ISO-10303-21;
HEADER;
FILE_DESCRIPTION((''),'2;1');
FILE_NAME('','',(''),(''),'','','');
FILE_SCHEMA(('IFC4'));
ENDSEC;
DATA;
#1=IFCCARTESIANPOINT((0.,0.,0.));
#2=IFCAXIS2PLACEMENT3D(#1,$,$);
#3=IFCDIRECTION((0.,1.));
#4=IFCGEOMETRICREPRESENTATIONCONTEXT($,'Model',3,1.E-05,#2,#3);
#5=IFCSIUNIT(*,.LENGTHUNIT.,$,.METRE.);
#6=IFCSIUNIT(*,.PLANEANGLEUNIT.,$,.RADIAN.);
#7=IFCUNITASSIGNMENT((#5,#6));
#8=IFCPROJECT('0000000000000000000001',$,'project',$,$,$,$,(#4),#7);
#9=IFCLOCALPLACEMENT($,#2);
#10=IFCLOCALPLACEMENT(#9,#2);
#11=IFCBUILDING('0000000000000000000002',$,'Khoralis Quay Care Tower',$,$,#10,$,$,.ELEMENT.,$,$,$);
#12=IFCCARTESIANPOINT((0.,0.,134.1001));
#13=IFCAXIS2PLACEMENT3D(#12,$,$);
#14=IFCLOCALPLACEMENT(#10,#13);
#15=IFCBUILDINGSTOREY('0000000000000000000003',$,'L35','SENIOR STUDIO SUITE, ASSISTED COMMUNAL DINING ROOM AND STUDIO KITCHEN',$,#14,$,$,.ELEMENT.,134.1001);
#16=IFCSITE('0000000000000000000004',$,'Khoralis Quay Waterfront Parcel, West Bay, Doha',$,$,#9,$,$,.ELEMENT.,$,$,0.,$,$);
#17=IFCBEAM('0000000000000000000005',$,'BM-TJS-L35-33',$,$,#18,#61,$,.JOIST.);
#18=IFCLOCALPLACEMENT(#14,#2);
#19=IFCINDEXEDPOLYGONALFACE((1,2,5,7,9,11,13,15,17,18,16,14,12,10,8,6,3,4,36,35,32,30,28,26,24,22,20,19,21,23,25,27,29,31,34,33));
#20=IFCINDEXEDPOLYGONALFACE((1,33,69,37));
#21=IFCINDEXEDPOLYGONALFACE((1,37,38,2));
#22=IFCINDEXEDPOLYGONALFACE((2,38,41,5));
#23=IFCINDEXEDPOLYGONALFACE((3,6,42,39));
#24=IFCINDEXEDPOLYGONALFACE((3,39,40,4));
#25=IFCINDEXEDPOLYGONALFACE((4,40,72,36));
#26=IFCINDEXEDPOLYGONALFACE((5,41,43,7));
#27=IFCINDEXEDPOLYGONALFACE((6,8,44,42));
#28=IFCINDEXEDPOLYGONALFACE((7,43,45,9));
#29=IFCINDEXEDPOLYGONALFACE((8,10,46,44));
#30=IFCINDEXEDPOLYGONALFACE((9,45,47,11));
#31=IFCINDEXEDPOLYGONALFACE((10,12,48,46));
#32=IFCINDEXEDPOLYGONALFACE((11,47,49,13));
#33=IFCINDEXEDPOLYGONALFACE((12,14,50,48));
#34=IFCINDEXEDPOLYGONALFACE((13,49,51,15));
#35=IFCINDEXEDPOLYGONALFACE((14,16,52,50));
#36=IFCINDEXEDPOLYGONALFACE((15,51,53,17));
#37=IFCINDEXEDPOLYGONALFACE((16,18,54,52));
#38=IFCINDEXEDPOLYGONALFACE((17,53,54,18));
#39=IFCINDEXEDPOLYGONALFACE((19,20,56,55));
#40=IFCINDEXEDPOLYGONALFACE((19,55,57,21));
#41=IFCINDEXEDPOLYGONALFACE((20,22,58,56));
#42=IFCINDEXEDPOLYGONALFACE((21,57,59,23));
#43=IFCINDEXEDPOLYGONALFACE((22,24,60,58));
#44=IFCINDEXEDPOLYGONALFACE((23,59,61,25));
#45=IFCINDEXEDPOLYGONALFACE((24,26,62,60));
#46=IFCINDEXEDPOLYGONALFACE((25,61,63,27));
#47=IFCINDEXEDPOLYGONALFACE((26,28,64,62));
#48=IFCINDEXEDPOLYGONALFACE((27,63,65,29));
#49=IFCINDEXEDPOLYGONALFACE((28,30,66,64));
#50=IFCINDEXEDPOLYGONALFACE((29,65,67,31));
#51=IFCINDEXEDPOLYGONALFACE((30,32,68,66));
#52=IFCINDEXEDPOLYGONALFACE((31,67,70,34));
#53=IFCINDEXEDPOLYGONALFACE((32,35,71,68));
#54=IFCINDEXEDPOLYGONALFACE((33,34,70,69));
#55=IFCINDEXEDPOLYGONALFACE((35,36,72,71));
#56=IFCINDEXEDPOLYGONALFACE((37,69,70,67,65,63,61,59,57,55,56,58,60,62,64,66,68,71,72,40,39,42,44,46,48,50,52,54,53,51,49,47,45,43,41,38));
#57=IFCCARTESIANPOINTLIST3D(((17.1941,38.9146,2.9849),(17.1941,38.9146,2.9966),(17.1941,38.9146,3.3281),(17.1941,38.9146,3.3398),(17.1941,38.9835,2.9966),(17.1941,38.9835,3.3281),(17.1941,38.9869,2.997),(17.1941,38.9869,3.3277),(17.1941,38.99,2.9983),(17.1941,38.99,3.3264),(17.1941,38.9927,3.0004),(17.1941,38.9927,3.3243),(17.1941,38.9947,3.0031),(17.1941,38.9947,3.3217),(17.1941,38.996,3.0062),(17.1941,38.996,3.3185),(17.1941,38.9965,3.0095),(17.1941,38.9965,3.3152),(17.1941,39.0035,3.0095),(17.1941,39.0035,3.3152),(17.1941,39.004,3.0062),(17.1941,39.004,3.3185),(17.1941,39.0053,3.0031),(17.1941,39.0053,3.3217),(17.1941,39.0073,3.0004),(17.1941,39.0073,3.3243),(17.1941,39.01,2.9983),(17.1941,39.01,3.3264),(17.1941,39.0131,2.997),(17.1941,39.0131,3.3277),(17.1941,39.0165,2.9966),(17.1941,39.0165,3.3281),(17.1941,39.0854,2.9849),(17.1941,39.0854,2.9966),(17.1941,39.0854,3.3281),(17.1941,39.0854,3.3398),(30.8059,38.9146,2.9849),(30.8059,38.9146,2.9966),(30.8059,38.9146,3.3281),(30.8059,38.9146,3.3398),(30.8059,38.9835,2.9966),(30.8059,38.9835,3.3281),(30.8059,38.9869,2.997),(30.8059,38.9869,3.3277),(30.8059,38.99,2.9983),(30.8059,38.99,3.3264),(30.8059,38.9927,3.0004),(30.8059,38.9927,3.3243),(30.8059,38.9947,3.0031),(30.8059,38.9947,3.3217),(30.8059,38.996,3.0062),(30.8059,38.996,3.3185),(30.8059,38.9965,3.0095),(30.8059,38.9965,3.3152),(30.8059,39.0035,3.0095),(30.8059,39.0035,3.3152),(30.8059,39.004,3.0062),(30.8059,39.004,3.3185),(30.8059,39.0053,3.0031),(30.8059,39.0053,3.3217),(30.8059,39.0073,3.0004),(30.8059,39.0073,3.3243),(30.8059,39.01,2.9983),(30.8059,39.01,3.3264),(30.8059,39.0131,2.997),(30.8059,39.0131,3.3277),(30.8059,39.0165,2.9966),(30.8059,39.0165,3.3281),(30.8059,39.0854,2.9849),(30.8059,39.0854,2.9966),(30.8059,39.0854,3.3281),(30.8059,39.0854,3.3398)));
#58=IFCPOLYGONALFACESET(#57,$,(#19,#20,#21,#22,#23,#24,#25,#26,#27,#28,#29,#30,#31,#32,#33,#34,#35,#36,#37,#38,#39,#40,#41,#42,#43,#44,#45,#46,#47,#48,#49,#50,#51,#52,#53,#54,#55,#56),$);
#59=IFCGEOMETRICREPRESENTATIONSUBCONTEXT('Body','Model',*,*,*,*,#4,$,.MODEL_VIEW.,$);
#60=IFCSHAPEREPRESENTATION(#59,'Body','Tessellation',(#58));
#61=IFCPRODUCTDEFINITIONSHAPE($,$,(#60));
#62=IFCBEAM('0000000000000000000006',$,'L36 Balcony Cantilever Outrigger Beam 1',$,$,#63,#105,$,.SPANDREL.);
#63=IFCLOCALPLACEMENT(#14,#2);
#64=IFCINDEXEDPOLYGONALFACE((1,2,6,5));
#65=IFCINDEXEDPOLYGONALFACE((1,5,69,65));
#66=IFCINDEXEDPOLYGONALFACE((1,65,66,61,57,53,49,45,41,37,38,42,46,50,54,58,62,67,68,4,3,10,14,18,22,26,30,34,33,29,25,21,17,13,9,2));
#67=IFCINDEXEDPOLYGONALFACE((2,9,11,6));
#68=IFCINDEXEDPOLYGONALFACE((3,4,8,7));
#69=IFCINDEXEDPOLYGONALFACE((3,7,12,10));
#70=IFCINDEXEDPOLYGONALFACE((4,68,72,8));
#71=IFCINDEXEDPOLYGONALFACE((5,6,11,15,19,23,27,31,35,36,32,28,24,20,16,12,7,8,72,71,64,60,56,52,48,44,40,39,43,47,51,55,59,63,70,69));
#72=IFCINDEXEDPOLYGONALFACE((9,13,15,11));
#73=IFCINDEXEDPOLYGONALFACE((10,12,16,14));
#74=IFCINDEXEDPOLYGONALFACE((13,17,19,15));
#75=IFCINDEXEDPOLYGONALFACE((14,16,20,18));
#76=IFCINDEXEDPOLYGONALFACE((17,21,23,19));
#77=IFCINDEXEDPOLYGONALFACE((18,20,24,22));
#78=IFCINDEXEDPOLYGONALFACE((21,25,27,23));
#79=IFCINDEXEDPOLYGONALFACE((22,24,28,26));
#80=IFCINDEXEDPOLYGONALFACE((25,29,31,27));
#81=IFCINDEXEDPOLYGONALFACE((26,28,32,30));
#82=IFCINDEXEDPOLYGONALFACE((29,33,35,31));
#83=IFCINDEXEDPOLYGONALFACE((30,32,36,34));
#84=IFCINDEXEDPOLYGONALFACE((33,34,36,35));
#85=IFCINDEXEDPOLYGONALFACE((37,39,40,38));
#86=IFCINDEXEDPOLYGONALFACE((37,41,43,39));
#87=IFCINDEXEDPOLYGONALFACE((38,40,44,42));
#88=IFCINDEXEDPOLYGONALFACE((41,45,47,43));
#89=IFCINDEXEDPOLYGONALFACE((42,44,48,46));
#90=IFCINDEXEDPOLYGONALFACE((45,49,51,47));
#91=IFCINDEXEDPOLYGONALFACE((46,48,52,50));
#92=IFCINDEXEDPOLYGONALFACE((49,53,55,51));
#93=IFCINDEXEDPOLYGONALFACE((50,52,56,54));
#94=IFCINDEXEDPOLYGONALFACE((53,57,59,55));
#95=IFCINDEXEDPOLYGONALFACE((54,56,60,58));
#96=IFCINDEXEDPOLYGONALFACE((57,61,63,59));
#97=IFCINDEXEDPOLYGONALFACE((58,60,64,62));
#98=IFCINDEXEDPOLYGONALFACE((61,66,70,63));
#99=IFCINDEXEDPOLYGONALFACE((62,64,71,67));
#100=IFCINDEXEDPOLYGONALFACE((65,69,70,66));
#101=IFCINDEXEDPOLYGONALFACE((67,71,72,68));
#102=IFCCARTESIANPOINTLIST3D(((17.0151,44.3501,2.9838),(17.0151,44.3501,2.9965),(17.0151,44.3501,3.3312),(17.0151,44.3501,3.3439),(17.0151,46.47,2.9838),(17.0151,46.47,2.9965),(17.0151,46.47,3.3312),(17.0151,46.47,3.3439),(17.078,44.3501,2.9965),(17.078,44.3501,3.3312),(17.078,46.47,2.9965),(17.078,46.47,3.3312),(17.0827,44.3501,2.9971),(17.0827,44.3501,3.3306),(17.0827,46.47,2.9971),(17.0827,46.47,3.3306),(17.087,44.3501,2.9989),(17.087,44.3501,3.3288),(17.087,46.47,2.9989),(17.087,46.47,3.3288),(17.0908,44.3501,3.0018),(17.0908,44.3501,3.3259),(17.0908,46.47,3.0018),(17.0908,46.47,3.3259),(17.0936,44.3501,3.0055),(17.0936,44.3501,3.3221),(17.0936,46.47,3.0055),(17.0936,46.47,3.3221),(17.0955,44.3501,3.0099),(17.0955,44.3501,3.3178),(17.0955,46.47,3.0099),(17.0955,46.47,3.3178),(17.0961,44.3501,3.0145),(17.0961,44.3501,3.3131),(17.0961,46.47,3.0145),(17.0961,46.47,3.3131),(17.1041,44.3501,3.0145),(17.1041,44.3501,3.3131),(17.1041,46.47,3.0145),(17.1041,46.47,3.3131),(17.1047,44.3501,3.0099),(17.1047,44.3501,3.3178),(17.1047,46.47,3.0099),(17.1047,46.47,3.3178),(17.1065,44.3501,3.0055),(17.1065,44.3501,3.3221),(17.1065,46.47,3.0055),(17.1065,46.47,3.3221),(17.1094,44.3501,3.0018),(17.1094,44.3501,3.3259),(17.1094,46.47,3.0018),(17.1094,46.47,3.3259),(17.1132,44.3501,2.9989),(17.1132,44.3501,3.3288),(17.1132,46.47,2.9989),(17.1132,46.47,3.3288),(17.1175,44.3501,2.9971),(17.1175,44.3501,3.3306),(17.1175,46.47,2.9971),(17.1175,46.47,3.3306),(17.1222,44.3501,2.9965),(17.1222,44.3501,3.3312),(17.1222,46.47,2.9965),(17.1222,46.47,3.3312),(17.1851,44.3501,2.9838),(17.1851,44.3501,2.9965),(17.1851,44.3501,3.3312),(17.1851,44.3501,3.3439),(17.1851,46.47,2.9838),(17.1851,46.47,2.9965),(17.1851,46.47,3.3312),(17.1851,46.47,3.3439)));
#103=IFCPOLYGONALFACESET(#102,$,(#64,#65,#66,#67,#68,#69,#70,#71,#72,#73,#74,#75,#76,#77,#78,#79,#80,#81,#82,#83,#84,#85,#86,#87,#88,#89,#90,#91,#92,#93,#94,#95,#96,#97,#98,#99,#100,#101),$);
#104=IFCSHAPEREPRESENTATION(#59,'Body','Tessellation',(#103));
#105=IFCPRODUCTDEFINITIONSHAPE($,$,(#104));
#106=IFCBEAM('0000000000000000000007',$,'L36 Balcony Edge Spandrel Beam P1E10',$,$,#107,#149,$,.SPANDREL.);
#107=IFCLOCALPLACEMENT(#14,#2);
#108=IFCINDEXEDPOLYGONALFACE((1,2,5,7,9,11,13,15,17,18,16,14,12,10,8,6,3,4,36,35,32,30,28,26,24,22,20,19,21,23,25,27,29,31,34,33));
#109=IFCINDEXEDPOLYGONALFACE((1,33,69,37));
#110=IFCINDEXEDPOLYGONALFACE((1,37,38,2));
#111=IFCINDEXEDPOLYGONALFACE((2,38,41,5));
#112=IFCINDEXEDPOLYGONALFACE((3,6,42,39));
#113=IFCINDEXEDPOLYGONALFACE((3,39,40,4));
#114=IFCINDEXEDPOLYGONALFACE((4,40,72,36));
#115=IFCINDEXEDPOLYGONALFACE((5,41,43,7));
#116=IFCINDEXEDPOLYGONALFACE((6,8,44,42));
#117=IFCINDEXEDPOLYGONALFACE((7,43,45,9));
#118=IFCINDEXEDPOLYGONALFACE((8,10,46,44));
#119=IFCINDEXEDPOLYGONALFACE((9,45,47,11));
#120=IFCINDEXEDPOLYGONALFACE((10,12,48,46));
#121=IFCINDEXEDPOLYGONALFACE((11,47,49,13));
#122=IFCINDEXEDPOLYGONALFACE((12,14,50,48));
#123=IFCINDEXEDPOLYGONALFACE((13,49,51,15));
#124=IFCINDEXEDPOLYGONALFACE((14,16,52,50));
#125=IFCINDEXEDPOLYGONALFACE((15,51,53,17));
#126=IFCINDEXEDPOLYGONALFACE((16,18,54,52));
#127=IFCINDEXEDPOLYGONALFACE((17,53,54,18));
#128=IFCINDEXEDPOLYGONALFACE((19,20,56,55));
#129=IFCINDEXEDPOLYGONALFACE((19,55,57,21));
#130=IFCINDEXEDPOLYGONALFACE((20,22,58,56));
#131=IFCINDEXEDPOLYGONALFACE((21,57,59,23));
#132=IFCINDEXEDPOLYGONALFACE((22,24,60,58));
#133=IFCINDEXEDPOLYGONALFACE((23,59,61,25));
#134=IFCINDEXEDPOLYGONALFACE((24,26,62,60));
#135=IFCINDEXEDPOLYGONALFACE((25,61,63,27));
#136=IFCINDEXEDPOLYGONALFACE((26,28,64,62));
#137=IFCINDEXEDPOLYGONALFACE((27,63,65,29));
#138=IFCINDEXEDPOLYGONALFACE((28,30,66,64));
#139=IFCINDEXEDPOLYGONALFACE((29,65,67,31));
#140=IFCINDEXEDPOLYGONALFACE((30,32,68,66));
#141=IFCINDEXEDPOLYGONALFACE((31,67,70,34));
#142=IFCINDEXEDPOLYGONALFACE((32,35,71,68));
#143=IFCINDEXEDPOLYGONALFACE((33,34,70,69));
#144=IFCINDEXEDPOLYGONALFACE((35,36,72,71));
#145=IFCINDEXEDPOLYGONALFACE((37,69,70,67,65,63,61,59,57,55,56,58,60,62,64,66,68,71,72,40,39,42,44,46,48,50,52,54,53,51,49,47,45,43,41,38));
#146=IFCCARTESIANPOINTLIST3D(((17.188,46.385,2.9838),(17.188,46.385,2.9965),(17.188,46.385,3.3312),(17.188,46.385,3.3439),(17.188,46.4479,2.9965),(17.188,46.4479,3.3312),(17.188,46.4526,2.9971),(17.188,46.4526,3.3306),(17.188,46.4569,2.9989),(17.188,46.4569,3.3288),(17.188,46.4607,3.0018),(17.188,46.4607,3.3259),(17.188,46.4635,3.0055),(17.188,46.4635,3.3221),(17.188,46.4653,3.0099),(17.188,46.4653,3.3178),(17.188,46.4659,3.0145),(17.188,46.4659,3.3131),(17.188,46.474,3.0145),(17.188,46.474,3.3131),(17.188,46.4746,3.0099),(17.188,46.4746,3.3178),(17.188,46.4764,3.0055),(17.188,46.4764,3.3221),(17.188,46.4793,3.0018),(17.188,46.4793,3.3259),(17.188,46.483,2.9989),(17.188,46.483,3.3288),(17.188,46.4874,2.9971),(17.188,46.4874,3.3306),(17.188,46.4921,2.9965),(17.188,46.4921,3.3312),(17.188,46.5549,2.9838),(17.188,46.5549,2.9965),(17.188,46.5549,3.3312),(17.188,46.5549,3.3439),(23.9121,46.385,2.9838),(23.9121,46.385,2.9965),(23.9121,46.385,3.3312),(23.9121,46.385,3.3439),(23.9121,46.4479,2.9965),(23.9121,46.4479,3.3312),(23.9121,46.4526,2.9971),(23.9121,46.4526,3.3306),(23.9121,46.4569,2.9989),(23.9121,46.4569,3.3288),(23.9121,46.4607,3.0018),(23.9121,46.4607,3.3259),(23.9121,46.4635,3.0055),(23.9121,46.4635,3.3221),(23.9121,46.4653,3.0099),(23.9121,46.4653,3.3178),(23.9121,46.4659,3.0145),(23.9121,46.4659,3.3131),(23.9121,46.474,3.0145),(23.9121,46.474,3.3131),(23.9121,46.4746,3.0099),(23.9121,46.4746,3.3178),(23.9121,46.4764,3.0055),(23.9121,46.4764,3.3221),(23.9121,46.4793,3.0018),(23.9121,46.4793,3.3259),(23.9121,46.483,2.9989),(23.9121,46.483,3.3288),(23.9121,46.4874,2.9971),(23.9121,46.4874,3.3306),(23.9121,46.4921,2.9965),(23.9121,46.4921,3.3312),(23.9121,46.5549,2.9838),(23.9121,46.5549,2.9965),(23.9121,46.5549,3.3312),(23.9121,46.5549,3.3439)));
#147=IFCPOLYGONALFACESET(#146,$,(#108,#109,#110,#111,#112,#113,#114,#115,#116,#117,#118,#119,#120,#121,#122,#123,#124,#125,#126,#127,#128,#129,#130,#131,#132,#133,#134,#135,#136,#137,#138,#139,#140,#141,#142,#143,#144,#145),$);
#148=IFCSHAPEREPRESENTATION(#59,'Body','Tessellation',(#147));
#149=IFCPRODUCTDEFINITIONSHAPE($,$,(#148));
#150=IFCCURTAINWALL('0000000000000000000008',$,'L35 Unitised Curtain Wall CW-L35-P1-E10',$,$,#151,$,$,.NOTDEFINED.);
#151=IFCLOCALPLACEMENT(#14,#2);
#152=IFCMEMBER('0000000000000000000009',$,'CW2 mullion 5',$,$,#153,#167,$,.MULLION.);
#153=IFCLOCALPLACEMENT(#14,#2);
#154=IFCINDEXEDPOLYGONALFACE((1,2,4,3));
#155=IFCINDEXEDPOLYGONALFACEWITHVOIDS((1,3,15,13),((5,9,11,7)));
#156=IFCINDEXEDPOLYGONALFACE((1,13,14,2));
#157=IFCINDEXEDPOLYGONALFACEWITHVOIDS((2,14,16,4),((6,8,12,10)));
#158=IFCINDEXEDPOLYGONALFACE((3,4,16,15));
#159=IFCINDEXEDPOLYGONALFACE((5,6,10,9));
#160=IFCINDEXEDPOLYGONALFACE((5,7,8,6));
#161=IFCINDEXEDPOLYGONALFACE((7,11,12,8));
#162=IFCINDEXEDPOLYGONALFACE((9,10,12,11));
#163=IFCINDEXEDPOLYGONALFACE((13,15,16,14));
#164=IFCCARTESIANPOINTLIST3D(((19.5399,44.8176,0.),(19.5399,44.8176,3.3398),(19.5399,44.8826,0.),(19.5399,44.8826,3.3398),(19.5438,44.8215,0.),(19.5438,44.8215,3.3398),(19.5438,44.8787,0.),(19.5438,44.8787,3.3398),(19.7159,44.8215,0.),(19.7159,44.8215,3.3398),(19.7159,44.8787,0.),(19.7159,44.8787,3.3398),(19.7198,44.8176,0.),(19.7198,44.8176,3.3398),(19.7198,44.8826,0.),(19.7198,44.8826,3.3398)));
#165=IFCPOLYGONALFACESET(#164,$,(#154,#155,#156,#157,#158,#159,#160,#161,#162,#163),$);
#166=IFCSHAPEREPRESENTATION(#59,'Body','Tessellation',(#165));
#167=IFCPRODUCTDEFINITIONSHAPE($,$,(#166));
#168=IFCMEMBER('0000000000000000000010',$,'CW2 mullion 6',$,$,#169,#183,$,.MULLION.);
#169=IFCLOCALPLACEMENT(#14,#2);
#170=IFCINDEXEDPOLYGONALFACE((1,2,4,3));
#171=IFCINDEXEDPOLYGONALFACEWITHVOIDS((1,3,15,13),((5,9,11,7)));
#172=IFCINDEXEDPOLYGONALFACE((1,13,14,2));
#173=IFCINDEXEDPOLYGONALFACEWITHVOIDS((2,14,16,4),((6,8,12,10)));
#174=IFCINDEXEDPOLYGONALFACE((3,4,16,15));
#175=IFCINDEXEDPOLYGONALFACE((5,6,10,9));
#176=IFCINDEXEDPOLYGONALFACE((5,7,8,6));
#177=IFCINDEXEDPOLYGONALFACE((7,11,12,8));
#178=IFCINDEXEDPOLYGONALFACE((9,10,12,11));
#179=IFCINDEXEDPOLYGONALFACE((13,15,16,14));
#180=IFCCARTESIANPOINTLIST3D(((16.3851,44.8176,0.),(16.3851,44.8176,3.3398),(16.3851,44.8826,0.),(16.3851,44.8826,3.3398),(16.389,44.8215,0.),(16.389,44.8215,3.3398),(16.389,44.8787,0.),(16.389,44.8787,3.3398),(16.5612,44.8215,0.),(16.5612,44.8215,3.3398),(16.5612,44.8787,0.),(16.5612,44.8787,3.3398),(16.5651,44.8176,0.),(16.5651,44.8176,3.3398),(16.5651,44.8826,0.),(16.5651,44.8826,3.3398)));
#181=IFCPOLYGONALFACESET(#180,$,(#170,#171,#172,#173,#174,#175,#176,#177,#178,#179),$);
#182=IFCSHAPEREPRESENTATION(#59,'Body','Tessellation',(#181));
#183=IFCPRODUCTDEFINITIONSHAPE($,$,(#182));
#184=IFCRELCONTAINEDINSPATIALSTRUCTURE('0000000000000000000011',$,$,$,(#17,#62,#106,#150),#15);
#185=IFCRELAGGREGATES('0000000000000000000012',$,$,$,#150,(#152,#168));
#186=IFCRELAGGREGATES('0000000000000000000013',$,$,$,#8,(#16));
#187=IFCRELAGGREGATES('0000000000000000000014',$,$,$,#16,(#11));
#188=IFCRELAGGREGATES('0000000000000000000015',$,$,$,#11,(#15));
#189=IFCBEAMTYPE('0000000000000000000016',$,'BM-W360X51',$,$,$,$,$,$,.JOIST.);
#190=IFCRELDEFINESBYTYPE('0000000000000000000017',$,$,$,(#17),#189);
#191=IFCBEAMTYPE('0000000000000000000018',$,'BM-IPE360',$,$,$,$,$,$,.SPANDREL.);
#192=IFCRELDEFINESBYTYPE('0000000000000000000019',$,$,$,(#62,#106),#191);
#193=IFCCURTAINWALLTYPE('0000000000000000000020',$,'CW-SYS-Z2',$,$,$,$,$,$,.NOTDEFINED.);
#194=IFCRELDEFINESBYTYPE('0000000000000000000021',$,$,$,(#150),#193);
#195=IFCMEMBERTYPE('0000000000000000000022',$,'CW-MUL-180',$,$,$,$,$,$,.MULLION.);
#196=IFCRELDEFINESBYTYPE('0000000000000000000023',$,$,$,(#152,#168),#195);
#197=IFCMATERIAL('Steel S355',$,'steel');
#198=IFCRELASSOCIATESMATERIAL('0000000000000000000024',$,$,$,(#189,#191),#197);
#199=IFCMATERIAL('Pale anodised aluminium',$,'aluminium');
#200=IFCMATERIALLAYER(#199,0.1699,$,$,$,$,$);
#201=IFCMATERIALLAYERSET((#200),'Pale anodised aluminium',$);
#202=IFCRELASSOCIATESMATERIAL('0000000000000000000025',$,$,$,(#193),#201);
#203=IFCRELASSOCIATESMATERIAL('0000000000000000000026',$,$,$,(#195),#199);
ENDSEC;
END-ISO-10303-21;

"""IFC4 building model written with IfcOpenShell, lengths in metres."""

from ifc_helpers import new_model, si_unit, direction, frame, origin, origin_2d, place, context, subcontext, project, spatial, hollow_rectangle, i_section, extrude, source, transform, mapped, material, layer, layer_set, material_profile, profile_set, type_object, element, aggregate, save


model = new_model("IFC4")

# Units and contexts
model_context = context("Model", 3, precision=1e-05, world=origin(), true_north=direction((0.0, 1.0)))
body_context = subcontext(model_context, "Body", "Model", "MODEL_VIEW")
ifc_project = project(units=[si_unit("LENGTHUNIT", "METRE"), si_unit("PLANEANGLEUNIT", "RADIAN")], contexts=[model_context])

# Site, building, storey
site_placement = place(None, origin())
site = spatial("IfcSite", under=ifc_project, at=site_placement, Name="Khoralis Quay Waterfront Parcel, West Bay, Doha", CompositionType="ELEMENT", RefElevation=0.0)
building_placement = place(site_placement, origin())
building = spatial("IfcBuilding", under=site, at=building_placement, Name="Khoralis Quay Care Tower", CompositionType="ELEMENT")
storey_placement = place(building_placement, frame((0.0, 0.0, 134.1001)))
storey = spatial("IfcBuildingStorey", under=building, at=storey_placement, Name="L35", Description="SENIOR STUDIO SUITE, ASSISTED COMMUNAL DINING ROOM AND STUDIO KITCHEN", CompositionType="ELEMENT", Elevation=134.1001)

# Beams
ifc_material_1 = material(Name="Steel S355", Category="steel")
ifc_material_profile_1 = material_profile(ifc_material_1, i_section(OverallWidth=0.1709, OverallDepth=0.355, WebThickness=0.0071, FlangeThickness=0.0117, FilletRadius=0.0129, at=origin_2d()), Name="Steel S355")
ifc_profile_set_1 = profile_set([ifc_material_profile_1], Name="Steel S355")
beam_type_1 = type_object("IfcBeamType", Name="BM-W360X51", PredefinedType="JOIST", material=ifc_profile_set_1)
shared_shape_1 = source(origin(), body_context, "Body", "SweptSolid", [
    extrude(i_section(OverallWidth=0.1709, OverallDepth=0.355, WebThickness=0.0071, FlangeThickness=0.0117, FilletRadius=0.0129, at=origin_2d()), origin(), (0.0, 0.0, 1.0), 13.6118),
])
for number, where, z_axis, x_axis, name in (
    (1, (17.1941, 39.0, 3.1624), (1.0, 0.0, 0.0), (0.0, 1.0, 0.0), "BM-TJS-L35-33"),
):
    element("IfcBeam", number, at=place(storey_placement, frame(where, z_axis=z_axis, x_axis=x_axis)), inside=storey, type_object=beam_type_1, Name=name, PredefinedType="JOIST", context=body_context, shape_type="MappedRepresentation", body=[
        mapped(shared_shape_1, transform((0.0, 0.0, 0.0), scale=1.0)),
    ])
ifc_material_profile_2 = material_profile(ifc_material_1, i_section(OverallWidth=0.1699, OverallDepth=0.3601, WebThickness=0.0081, FlangeThickness=0.0127, FilletRadius=0.0181, at=origin_2d()), Name="Steel S355")
ifc_profile_set_2 = profile_set([ifc_material_profile_2], Name="Steel S355")
beam_type_2 = type_object("IfcBeamType", Name="BM-IPE360", PredefinedType="SPANDREL", material=ifc_profile_set_2)
shared_shape_2 = source(origin(), body_context, "Body", "SweptSolid", [
    extrude(i_section(OverallWidth=0.1699, OverallDepth=0.3601, WebThickness=0.0081, FlangeThickness=0.0127, FilletRadius=0.0181, at=origin_2d()), origin(), (0.0, 0.0, 1.0), 2.1199),
])
beam_1_placement = place(storey_placement, frame((17.1001, 44.3501, 3.1638), z_axis=(0.0, 1.0, 0.0), x_axis=(-1.0, 0.0, 0.0)))
element("IfcBeam", 2, at=beam_1_placement, inside=storey, type_object=beam_type_2, Name="L36 Balcony Cantilever Outrigger Beam 1", PredefinedType="SPANDREL", context=body_context, shape_type="MappedRepresentation", body=[
    mapped(shared_shape_2, transform((0.0, 0.0, 0.0), scale=1.0)),
])
shared_shape_3 = source(origin(), body_context, "Body", "SweptSolid", [
    extrude(i_section(OverallWidth=0.1699, OverallDepth=0.3601, WebThickness=0.0081, FlangeThickness=0.0127, FilletRadius=0.0181, at=origin_2d()), origin(), (0.0, 0.0, 1.0), 6.7241),
])
beam_2_placement = place(storey_placement, frame((17.188, 46.47, 3.1638), z_axis=(1.0, 0.0, 0.0), x_axis=(0.0, 1.0, 0.0)))
element("IfcBeam", 3, at=beam_2_placement, inside=storey, type_object=beam_type_2, Name="L36 Balcony Edge Spandrel Beam P1E10", PredefinedType="SPANDREL", context=body_context, shape_type="MappedRepresentation", body=[
    mapped(shared_shape_3, transform((0.0, 0.0, 0.0), scale=1.0)),
])

# Curtain wall, members
ifc_material_2 = material(Name="Pale anodised aluminium", Category="aluminium")
ifc_layer_1 = layer(ifc_material_2, 0.1699)
ifc_layer_set_1 = layer_set([ifc_layer_1], Name="Pale anodised aluminium")
curtain_wall_type = type_object("IfcCurtainWallType", Name="CW-SYS-Z2", PredefinedType="NOTDEFINED", material=ifc_layer_set_1)
curtain_wall_placement = place(storey_placement, origin())
curtain_wall = element("IfcCurtainWall", 4, at=curtain_wall_placement, inside=storey, type_object=curtain_wall_type, Name="L35 Unitised Curtain Wall CW-L35-P1-E10", PredefinedType="NOTDEFINED")
ifc_material_profile_3 = material_profile(ifc_material_2, hollow_rectangle(XDim=0.0649, YDim=0.1799, WallThickness=0.0039, at=origin_2d()), Name="Pale anodised aluminium")
ifc_profile_set_3 = profile_set([ifc_material_profile_3], Name="Pale anodised aluminium")
member_type_1 = type_object("IfcMemberType", Name="CW-MUL-180", PredefinedType="MULLION", material=ifc_profile_set_3)
shared_shape_4 = source(origin(), body_context, "Body", "SweptSolid", [
    extrude(hollow_rectangle(XDim=0.0649, YDim=0.1799, WallThickness=0.0039, at=origin_2d()), origin(), (0.0, 0.0, 1.0), 3.3398),
])
member_1_placement = place(storey_placement, frame((19.6299, 44.8501, 0.0), z_axis=(0.0, 0.0, 1.0), x_axis=(0.0, -1.0, 0.0)))
member_1 = element("IfcMember", 5, at=member_1_placement, type_object=member_type_1, Name="CW2 mullion 5", PredefinedType="MULLION", context=body_context, shape_type="MappedRepresentation", body=[
    mapped(shared_shape_4, transform((0.0, 0.0, 0.0), scale=1.0)),
])
member_2_placement = place(storey_placement, frame((16.4751, 44.8501, 0.0), z_axis=(0.0, 0.0, 1.0), x_axis=(0.0, -1.0, 0.0)))
member_2 = element("IfcMember", 6, at=member_2_placement, type_object=member_type_1, Name="CW2 mullion 6", PredefinedType="MULLION", context=body_context, shape_type="MappedRepresentation", body=[
    mapped(shared_shape_4, transform((0.0, 0.0, 0.0), scale=1.0)),
])
aggregate(curtain_wall, [member_1, member_2])

save(model, "model.ifc")
